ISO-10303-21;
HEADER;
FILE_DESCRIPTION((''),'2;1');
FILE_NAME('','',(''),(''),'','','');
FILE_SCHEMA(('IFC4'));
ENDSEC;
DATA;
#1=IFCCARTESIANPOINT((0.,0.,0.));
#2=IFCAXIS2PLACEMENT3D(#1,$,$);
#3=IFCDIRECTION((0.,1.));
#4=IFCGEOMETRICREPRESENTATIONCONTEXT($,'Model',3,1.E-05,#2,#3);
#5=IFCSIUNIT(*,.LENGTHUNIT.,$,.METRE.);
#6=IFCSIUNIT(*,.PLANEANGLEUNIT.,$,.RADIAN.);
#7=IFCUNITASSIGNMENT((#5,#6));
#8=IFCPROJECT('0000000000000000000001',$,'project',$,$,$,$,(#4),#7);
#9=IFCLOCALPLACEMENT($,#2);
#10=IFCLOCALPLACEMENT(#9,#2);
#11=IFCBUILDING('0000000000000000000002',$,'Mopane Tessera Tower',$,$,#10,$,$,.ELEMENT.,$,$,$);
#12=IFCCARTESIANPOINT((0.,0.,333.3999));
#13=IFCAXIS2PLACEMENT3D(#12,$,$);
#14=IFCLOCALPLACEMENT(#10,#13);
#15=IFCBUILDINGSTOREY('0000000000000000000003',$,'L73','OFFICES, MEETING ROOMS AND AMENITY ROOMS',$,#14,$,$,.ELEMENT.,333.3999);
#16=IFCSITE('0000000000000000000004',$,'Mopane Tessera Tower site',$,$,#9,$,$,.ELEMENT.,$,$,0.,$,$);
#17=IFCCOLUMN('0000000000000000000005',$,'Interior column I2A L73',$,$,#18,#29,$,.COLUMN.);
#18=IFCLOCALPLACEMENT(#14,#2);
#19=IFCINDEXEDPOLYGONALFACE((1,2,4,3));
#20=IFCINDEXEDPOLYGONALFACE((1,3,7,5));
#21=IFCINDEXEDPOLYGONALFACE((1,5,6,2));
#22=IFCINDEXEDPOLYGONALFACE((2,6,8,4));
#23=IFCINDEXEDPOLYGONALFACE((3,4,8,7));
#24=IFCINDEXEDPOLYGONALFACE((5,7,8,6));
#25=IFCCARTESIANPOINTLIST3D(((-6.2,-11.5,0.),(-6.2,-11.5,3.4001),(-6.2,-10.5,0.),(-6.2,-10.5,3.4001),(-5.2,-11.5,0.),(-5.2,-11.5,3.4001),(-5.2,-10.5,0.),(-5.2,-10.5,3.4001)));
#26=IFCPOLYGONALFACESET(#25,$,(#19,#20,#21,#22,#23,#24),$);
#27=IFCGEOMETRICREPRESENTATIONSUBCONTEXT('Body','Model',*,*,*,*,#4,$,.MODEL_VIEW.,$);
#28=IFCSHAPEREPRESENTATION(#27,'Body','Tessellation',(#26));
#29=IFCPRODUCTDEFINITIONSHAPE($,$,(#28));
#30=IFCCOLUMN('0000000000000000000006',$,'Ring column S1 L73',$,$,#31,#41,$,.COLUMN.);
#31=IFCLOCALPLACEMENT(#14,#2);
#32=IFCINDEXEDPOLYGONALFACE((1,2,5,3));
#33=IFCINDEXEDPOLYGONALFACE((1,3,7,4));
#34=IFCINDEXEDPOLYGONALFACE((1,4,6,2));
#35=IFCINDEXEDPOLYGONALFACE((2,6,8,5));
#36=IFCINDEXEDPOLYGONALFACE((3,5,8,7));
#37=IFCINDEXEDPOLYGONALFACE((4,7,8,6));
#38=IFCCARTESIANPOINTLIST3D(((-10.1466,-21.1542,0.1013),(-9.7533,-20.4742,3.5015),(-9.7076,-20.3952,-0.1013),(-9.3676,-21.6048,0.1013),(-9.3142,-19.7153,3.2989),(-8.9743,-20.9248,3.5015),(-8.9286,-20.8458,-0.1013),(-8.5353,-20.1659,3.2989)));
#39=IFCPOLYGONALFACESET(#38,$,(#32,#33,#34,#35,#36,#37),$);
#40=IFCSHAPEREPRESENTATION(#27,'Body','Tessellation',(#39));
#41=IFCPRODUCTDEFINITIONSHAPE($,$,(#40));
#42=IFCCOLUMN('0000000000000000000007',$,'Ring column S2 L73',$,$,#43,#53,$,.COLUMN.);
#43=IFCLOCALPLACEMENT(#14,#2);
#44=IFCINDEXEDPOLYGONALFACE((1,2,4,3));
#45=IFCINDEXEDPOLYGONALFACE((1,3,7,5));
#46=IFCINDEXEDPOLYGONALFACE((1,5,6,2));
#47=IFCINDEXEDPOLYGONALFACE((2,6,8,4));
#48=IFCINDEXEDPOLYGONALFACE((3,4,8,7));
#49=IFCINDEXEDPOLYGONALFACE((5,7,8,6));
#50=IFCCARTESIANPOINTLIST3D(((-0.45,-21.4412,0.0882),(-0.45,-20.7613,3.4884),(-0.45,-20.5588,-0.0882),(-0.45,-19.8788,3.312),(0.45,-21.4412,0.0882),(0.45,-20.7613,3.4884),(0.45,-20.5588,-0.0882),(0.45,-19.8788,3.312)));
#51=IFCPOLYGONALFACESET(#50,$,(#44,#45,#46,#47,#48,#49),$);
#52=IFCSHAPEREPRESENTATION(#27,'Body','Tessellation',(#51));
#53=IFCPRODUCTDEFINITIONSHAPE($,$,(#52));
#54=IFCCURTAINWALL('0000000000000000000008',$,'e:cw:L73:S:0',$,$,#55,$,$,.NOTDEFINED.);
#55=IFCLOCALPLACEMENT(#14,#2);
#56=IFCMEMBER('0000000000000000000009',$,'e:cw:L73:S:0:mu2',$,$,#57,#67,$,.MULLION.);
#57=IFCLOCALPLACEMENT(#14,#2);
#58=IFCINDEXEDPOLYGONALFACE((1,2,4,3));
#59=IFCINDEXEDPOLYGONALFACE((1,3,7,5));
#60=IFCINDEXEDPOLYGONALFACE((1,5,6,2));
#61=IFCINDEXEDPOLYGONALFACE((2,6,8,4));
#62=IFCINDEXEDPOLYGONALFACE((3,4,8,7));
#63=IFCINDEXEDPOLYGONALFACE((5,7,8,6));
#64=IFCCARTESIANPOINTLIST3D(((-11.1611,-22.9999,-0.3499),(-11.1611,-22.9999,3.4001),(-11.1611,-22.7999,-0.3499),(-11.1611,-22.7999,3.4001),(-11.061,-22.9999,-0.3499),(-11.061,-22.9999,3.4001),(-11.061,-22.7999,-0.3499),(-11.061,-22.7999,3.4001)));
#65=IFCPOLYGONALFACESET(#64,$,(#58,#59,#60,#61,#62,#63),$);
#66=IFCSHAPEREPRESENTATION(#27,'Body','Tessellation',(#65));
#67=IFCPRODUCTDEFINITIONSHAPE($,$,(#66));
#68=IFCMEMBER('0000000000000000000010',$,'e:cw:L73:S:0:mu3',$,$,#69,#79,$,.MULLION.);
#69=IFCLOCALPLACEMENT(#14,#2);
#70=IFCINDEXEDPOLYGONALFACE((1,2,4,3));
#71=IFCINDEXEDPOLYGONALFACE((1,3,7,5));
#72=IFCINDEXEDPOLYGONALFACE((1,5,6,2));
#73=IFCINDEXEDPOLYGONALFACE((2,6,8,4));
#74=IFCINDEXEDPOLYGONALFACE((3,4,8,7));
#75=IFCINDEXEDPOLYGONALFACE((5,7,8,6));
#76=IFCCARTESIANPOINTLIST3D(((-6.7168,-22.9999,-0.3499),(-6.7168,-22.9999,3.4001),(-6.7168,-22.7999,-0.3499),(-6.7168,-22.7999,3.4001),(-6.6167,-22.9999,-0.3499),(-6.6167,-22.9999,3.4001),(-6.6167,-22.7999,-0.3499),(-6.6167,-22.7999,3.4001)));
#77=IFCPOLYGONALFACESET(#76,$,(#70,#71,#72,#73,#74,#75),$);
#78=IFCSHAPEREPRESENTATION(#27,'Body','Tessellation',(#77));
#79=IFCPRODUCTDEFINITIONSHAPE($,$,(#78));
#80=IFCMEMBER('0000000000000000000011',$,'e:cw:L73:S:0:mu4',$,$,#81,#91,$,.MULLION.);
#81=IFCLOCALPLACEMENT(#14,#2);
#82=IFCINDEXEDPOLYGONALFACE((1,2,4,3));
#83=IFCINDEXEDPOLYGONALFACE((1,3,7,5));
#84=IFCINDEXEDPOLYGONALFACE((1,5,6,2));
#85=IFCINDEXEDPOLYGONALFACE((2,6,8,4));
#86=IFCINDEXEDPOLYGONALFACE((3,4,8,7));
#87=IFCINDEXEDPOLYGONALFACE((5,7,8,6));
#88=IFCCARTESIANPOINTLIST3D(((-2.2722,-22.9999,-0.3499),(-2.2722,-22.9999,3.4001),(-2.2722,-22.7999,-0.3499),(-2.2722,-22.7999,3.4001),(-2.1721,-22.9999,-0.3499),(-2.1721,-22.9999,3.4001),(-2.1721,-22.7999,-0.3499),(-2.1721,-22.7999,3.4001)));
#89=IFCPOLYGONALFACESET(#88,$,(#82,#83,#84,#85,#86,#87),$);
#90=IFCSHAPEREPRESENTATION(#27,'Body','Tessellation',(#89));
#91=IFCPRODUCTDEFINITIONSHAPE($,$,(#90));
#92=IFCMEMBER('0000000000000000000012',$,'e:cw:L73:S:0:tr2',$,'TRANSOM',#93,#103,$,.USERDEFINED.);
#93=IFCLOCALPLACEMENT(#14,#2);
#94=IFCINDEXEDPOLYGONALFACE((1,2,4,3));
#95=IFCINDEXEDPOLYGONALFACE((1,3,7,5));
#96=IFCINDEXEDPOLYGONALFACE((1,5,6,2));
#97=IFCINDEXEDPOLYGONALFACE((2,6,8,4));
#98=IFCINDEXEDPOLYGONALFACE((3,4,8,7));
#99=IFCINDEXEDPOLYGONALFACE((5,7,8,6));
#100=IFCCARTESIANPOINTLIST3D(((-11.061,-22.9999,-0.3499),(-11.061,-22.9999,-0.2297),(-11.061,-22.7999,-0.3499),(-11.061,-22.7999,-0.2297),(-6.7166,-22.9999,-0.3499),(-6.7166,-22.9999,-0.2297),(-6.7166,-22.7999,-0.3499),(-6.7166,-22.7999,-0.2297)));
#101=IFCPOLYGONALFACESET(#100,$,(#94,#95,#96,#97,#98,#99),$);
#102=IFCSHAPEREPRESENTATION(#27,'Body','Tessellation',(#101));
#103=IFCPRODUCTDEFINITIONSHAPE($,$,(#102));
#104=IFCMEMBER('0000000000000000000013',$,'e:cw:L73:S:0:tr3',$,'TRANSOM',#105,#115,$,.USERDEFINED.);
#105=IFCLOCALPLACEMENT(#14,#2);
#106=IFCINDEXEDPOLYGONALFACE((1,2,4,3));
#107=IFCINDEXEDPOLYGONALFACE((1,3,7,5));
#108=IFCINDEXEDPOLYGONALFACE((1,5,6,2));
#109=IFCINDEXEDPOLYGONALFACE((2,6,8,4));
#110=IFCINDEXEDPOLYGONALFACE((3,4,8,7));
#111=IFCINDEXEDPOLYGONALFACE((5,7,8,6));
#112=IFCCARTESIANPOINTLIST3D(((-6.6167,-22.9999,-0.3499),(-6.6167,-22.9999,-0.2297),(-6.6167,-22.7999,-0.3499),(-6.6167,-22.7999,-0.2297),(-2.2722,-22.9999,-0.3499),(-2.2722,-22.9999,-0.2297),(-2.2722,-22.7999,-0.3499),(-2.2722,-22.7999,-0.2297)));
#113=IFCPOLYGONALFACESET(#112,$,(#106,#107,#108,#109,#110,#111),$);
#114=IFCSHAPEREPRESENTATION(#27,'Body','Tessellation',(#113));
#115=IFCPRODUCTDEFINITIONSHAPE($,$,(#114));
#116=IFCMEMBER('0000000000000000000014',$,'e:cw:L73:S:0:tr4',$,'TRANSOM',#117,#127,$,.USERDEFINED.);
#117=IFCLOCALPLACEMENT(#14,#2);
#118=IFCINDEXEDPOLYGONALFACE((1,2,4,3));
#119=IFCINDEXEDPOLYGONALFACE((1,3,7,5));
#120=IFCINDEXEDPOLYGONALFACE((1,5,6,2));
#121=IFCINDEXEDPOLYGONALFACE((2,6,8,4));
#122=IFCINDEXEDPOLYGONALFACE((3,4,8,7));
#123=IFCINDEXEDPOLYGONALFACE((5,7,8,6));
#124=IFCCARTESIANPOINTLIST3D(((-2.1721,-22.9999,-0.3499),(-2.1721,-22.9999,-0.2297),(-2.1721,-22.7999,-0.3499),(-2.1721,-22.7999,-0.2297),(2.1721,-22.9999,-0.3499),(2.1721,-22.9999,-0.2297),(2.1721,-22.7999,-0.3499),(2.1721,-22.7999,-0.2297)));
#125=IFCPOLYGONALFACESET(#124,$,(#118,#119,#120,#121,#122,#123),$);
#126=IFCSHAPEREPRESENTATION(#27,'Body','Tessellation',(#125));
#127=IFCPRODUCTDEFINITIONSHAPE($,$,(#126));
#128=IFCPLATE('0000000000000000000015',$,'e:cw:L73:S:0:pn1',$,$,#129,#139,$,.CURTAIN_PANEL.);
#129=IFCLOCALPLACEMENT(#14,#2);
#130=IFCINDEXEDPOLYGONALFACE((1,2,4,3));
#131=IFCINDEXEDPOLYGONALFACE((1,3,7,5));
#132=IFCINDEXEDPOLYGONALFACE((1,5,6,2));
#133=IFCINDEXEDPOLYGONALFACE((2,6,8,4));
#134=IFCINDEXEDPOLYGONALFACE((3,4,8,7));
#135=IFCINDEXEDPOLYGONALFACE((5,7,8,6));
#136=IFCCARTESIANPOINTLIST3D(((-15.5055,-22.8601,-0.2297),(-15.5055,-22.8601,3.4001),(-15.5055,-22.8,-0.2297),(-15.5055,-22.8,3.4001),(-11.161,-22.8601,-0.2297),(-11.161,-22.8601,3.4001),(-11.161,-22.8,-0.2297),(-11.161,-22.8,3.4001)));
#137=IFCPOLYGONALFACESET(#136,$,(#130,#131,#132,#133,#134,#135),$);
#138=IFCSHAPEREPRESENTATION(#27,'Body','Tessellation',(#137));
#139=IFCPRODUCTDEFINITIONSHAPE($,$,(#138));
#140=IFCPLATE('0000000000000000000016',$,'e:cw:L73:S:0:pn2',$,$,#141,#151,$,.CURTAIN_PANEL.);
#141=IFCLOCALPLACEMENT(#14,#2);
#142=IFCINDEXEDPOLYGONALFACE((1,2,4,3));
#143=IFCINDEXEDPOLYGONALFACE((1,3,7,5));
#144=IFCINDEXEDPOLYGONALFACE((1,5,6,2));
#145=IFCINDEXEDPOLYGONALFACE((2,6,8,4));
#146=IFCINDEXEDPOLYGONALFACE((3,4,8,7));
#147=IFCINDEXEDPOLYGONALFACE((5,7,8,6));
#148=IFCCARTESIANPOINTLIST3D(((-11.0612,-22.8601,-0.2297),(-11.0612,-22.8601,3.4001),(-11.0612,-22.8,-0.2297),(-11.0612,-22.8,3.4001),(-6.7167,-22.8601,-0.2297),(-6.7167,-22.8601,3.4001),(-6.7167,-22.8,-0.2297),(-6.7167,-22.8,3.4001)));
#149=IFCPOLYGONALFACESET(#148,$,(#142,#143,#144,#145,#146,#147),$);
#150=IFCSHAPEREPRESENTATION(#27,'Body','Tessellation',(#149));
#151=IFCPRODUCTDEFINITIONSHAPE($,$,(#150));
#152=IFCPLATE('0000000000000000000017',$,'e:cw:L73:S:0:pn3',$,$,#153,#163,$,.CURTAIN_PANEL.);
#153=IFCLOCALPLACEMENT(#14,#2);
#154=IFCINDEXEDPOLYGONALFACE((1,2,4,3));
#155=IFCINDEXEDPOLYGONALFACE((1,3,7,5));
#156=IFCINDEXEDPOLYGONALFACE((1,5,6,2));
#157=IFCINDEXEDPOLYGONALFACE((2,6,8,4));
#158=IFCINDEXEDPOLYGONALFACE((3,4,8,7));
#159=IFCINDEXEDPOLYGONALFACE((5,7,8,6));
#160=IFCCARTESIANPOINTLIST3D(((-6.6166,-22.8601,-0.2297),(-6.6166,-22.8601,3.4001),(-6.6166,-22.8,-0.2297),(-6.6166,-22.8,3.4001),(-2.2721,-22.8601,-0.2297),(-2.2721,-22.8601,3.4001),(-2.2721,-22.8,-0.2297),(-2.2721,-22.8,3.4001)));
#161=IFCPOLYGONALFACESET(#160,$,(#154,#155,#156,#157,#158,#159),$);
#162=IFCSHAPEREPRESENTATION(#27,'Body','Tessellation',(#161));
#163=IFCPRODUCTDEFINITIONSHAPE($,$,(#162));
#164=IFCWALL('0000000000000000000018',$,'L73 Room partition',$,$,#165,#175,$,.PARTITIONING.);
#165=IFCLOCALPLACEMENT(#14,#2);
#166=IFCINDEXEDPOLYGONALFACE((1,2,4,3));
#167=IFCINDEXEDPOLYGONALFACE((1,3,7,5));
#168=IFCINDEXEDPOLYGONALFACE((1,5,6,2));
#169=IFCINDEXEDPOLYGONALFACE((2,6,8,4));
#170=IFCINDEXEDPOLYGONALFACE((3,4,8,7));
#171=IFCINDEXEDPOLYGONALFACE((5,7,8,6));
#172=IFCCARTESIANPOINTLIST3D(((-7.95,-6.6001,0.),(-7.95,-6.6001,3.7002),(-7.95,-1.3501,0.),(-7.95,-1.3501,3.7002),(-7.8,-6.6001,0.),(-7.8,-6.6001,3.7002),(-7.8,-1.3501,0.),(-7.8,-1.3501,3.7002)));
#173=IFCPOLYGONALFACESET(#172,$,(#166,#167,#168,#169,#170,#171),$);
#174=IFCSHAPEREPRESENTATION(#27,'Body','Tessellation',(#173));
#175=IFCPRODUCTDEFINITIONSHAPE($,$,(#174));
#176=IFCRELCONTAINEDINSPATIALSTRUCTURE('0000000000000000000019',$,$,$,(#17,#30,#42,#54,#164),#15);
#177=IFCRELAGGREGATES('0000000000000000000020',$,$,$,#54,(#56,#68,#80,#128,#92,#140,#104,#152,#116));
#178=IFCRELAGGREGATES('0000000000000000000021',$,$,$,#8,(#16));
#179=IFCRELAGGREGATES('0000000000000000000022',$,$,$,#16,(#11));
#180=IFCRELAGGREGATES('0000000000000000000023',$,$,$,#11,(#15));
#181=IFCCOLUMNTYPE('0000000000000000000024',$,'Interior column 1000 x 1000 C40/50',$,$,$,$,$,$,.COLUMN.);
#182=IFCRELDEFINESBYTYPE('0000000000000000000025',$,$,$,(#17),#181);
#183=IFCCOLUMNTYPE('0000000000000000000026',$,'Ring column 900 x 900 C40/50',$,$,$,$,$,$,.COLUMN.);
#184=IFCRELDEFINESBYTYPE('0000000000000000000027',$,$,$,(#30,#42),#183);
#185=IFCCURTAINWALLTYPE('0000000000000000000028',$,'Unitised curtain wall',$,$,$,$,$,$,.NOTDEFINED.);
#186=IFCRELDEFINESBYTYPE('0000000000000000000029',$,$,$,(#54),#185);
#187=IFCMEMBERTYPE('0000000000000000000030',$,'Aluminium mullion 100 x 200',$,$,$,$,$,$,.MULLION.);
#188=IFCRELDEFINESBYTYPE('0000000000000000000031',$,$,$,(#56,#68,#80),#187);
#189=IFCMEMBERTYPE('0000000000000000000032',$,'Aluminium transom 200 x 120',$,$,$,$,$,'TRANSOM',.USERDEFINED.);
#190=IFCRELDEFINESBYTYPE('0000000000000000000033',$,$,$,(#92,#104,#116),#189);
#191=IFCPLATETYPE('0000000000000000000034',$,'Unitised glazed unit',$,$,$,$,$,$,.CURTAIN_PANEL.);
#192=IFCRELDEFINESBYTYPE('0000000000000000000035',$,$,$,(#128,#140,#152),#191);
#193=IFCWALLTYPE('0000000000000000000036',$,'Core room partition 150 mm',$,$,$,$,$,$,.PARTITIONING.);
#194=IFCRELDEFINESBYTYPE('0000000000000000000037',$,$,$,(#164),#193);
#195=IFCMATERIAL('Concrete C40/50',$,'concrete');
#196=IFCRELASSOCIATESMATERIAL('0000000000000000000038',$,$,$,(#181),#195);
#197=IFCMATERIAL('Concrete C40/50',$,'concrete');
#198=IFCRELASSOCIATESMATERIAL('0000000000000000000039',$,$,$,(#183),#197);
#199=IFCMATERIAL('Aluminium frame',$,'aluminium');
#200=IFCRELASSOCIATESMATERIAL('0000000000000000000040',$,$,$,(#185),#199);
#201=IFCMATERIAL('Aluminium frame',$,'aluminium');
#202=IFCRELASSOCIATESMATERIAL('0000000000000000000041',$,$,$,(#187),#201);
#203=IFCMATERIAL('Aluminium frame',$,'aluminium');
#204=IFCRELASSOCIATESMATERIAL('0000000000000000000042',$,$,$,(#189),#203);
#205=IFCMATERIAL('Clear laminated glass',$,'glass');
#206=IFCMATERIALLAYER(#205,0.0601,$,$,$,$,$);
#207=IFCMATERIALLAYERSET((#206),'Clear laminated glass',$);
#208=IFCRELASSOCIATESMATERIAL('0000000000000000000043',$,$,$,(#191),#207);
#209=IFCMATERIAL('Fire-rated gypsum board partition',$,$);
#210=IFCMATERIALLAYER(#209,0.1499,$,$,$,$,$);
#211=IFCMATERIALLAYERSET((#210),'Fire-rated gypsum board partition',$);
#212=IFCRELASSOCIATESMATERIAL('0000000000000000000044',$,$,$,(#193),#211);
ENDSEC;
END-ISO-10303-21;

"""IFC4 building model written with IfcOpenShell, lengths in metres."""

from ifc_helpers import new_model, si_unit, direction, frame, frame_2d, origin, origin_2d, place, context, subcontext, project, spatial, rectangle, extrude, material, layer, layer_set, material_profile, profile_set, type_object, element, aggregate, save


model = new_model("IFC4")

# Units and contexts
model_context = context("Model", 3, precision=1e-05, world=origin(), true_north=direction((0.0, 1.0)))
body_context = subcontext(model_context, "Body", "Model", "MODEL_VIEW")
ifc_project = project(units=[si_unit("LENGTHUNIT", "METRE"), si_unit("PLANEANGLEUNIT", "RADIAN")], contexts=[model_context])

# Site, building, storey
site_placement = place(None, origin())
site = spatial("IfcSite", under=ifc_project, at=site_placement, Name="Mopane Tessera Tower site", CompositionType="ELEMENT", RefElevation=0.0)
building_placement = place(site_placement, origin())
building = spatial("IfcBuilding", under=site, at=building_placement, Name="Mopane Tessera Tower", CompositionType="ELEMENT")
storey_placement = place(building_placement, frame((0.0, 0.0, 333.3999)))
storey = spatial("IfcBuildingStorey", under=building, at=storey_placement, Name="L73", Description="OFFICES, MEETING ROOMS AND AMENITY ROOMS", CompositionType="ELEMENT", Elevation=333.3999)

# Columns
ifc_material_1 = material(Name="Concrete C40/50", Category="concrete")
ifc_material_profile_1 = material_profile(ifc_material_1, rectangle(XDim=1.0, YDim=1.0, at=origin_2d()))
ifc_profile_set_1 = profile_set([ifc_material_profile_1], Name="Concrete C40/50")
column_type_1 = type_object("IfcColumnType", Name="Interior column 1000 x 1000 C40/50", PredefinedType="COLUMN", material=ifc_profile_set_1)
column_1_placement = place(storey_placement, frame((-5.7, -11.0, 0.0), z_axis=(0.0, 0.0, 1.0), x_axis=(1.0, 0.0, 0.0)))
element("IfcColumn", 1, at=column_1_placement, inside=storey, type_object=column_type_1, Name="Interior column I2A L73", PredefinedType="COLUMN", context=body_context, shape_type="SweptSolid", body=[
    extrude(rectangle(XDim=1.0, YDim=1.0, at=origin_2d()), origin(), (0.0, 0.0, 1.0), 3.4001),
])
ifc_material_2 = material(Name="Concrete C40/50", Category="concrete")
ifc_material_profile_2 = material_profile(ifc_material_2, rectangle(XDim=0.8999, YDim=0.8999, at=origin_2d()))
ifc_profile_set_2 = profile_set([ifc_material_profile_2], Name="Concrete C40/50")
column_type_2 = type_object("IfcColumnType", Name="Ring column 900 x 900 C40/50", PredefinedType="COLUMN", material=ifc_profile_set_2)
column_2_placement = place(storey_placement, frame((-9.5376, -21.0, 0.0), z_axis=(0.112706, 0.19484, 0.974338), x_axis=(-0.865611, 0.500718, 0.0)))
element("IfcColumn", 2, at=column_2_placement, inside=storey, type_object=column_type_2, Name="Ring column S1 L73", PredefinedType="COLUMN", context=body_context, shape_type="SweptSolid", body=[
    extrude(rectangle(XDim=0.8999, YDim=0.8999, at=origin_2d()), origin(), (0.0, 0.0, 1.0), 3.4897),
])
column_3_placement = place(storey_placement, frame((0.0, -21.0, 0.0), z_axis=(0.0, 0.196089, 0.980586), x_axis=(-1.0, 0.0, 0.0)))
element("IfcColumn", 3, at=column_3_placement, inside=storey, type_object=column_type_2, Name="Ring column S2 L73", PredefinedType="COLUMN", context=body_context, shape_type="SweptSolid", body=[
    extrude(rectangle(XDim=0.8999, YDim=0.8999, at=origin_2d()), origin(), (0.0, 0.0, 1.0), 3.4675),
])

# Curtain wall, members, plates
ifc_material_3 = material(Name="Aluminium frame", Category="aluminium")
curtain_wall_type = type_object("IfcCurtainWallType", Name="Unitised curtain wall", PredefinedType="NOTDEFINED", material=ifc_material_3)
curtain_wall_placement = place(storey_placement, origin())
curtain_wall = element("IfcCurtainWall", 4, at=curtain_wall_placement, inside=storey, type_object=curtain_wall_type, Name="e:cw:L73:S:0", PredefinedType="NOTDEFINED")
ifc_material_4 = material(Name="Aluminium frame", Category="aluminium")
ifc_material_profile_3 = material_profile(ifc_material_4, rectangle(XDim=0.1001, YDim=0.2, at=origin_2d()))
ifc_profile_set_3 = profile_set([ifc_material_profile_3], Name="Aluminium frame")
member_type_1 = type_object("IfcMemberType", Name="Aluminium mullion 100 x 200", PredefinedType="MULLION", material=ifc_profile_set_3)
member_1_placement = place(storey_placement, frame((-11.1111, -22.8999, -0.3499), z_axis=(0.0, 0.0, 1.0), x_axis=(1.0, 0.0, 0.0)))
member_1 = element("IfcMember", 5, at=member_1_placement, type_object=member_type_1, Name="e:cw:L73:S:0:mu2", PredefinedType="MULLION", context=body_context, shape_type="SweptSolid", body=[
    extrude(rectangle(XDim=0.1001, YDim=0.2, at=origin_2d()), origin(), (0.0, 0.0, 1.0), 3.75),
])
member_2_placement = place(storey_placement, frame((-6.6667, -22.8999, -0.3499), z_axis=(0.0, 0.0, 1.0), x_axis=(1.0, 0.0, 0.0)))
member_2 = element("IfcMember", 6, at=member_2_placement, type_object=member_type_1, Name="e:cw:L73:S:0:mu3", PredefinedType="MULLION", context=body_context, shape_type="SweptSolid", body=[
    extrude(rectangle(XDim=0.1001, YDim=0.2, at=origin_2d()), origin(), (0.0, 0.0, 1.0), 3.75),
])
member_3_placement = place(storey_placement, frame((-2.2222, -22.8999, -0.3499), z_axis=(0.0, 0.0, 1.0), x_axis=(1.0, 0.0, 0.0)))
member_3 = element("IfcMember", 7, at=member_3_placement, type_object=member_type_1, Name="e:cw:L73:S:0:mu4", PredefinedType="MULLION", context=body_context, shape_type="SweptSolid", body=[
    extrude(rectangle(XDim=0.1001, YDim=0.2, at=origin_2d()), origin(), (0.0, 0.0, 1.0), 3.75),
])
ifc_material_5 = material(Name="Aluminium frame", Category="aluminium")
ifc_material_profile_4 = material_profile(ifc_material_5, rectangle(XDim=0.2, YDim=0.1201, at=origin_2d()))
ifc_profile_set_4 = profile_set([ifc_material_profile_4], Name="Aluminium frame")
member_type_2 = type_object("IfcMemberType", Name="Aluminium transom 200 x 120", ElementType="TRANSOM", PredefinedType="USERDEFINED", material=ifc_profile_set_4)
member_4_placement = place(storey_placement, frame((-11.061, -22.8999, -0.2898), z_axis=(1.0, 0.0, 0.0), x_axis=(0.0, 1.0, 0.0)))
member_4 = element("IfcMember", 8, at=member_4_placement, type_object=member_type_2, Name="e:cw:L73:S:0:tr2", ObjectType="TRANSOM", PredefinedType="USERDEFINED", context=body_context, shape_type="SweptSolid", body=[
    extrude(rectangle(XDim=0.2, YDim=0.1201, at=origin_2d()), origin(), (0.0, 0.0, 1.0), 4.3445),
])
member_5_placement = place(storey_placement, frame((-6.6167, -22.8999, -0.2898), z_axis=(1.0, 0.0, 0.0), x_axis=(0.0, 1.0, 0.0)))
member_5 = element("IfcMember", 9, at=member_5_placement, type_object=member_type_2, Name="e:cw:L73:S:0:tr3", ObjectType="TRANSOM", PredefinedType="USERDEFINED", context=body_context, shape_type="SweptSolid", body=[
    extrude(rectangle(XDim=0.2, YDim=0.1201, at=origin_2d()), origin(), (0.0, 0.0, 1.0), 4.3445),
])
member_6_placement = place(storey_placement, frame((-2.1721, -22.8999, -0.2898), z_axis=(1.0, 0.0, 0.0), x_axis=(0.0, 1.0, 0.0)))
member_6 = element("IfcMember", 10, at=member_6_placement, type_object=member_type_2, Name="e:cw:L73:S:0:tr4", ObjectType="TRANSOM", PredefinedType="USERDEFINED", context=body_context, shape_type="SweptSolid", body=[
    extrude(rectangle(XDim=0.2, YDim=0.1201, at=origin_2d()), origin(), (0.0, 0.0, 1.0), 4.3442),
])
ifc_material_6 = material(Name="Clear laminated glass", Category="glass")
ifc_layer_1 = layer(ifc_material_6, 0.0601)
ifc_layer_set_1 = layer_set([ifc_layer_1], Name="Clear laminated glass")
plate_type = type_object("IfcPlateType", Name="Unitised glazed unit", PredefinedType="CURTAIN_PANEL", material=ifc_layer_set_1)
plate_1_placement = place(storey_placement, frame((-13.3333, -22.8301, -0.2297), z_axis=(0.0, 0.0, 1.0), x_axis=(1.0, 0.0, 0.0)))
plate_1 = element("IfcPlate", 11, at=plate_1_placement, type_object=plate_type, Name="e:cw:L73:S:0:pn1", PredefinedType="CURTAIN_PANEL", context=body_context, shape_type="SweptSolid", body=[
    extrude(rectangle(XDim=4.3445, YDim=0.0601, at=origin_2d()), origin(), (0.0, 0.0, 1.0), 3.6299),
])
plate_2_placement = place(storey_placement, frame((-8.8889, -22.8301, -0.2297), z_axis=(0.0, 0.0, 1.0), x_axis=(1.0, 0.0, 0.0)))
plate_2 = element("IfcPlate", 12, at=plate_2_placement, type_object=plate_type, Name="e:cw:L73:S:0:pn2", PredefinedType="CURTAIN_PANEL", context=body_context, shape_type="SweptSolid", body=[
    extrude(rectangle(XDim=4.3445, YDim=0.0601, at=origin_2d()), origin(), (0.0, 0.0, 1.0), 3.6299),
])
plate_3_placement = place(storey_placement, frame((-4.4443, -22.8301, -0.2297), z_axis=(0.0, 0.0, 1.0), x_axis=(1.0, 0.0, 0.0)))
plate_3 = element("IfcPlate", 13, at=plate_3_placement, type_object=plate_type, Name="e:cw:L73:S:0:pn3", PredefinedType="CURTAIN_PANEL", context=body_context, shape_type="SweptSolid", body=[
    extrude(rectangle(XDim=4.3445, YDim=0.0601, at=origin_2d()), origin(), (0.0, 0.0, 1.0), 3.6299),
])
aggregate(curtain_wall, [member_1, member_2, member_3, plate_1, member_4, plate_2, member_5, plate_3, member_6])

# Wall
ifc_material_7 = material(Name="Fire-rated gypsum board partition")
ifc_layer_2 = layer(ifc_material_7, 0.1499)
ifc_layer_set_2 = layer_set([ifc_layer_2], Name="Fire-rated gypsum board partition")
wall_type_1 = type_object("IfcWallType", Name="Core room partition 150 mm", PredefinedType="PARTITIONING", material=ifc_layer_set_2)
wall_1_placement = place(storey_placement, frame((-7.875, -6.6001, 0.0), z_axis=(0.0, 0.0, 1.0), x_axis=(0.0, 1.0, 0.0)))
element("IfcWall", 14, at=wall_1_placement, inside=storey, type_object=wall_type_1, Name="L73 Room partition", PredefinedType="PARTITIONING", context=body_context, shape_type="SweptSolid", body=[
    extrude(rectangle(XDim=5.25, YDim=0.1499, at=frame_2d((2.625, 0.0))), origin(), (0.0, 0.0, 1.0), 3.7002),
])

save(model, "model.ifc")
